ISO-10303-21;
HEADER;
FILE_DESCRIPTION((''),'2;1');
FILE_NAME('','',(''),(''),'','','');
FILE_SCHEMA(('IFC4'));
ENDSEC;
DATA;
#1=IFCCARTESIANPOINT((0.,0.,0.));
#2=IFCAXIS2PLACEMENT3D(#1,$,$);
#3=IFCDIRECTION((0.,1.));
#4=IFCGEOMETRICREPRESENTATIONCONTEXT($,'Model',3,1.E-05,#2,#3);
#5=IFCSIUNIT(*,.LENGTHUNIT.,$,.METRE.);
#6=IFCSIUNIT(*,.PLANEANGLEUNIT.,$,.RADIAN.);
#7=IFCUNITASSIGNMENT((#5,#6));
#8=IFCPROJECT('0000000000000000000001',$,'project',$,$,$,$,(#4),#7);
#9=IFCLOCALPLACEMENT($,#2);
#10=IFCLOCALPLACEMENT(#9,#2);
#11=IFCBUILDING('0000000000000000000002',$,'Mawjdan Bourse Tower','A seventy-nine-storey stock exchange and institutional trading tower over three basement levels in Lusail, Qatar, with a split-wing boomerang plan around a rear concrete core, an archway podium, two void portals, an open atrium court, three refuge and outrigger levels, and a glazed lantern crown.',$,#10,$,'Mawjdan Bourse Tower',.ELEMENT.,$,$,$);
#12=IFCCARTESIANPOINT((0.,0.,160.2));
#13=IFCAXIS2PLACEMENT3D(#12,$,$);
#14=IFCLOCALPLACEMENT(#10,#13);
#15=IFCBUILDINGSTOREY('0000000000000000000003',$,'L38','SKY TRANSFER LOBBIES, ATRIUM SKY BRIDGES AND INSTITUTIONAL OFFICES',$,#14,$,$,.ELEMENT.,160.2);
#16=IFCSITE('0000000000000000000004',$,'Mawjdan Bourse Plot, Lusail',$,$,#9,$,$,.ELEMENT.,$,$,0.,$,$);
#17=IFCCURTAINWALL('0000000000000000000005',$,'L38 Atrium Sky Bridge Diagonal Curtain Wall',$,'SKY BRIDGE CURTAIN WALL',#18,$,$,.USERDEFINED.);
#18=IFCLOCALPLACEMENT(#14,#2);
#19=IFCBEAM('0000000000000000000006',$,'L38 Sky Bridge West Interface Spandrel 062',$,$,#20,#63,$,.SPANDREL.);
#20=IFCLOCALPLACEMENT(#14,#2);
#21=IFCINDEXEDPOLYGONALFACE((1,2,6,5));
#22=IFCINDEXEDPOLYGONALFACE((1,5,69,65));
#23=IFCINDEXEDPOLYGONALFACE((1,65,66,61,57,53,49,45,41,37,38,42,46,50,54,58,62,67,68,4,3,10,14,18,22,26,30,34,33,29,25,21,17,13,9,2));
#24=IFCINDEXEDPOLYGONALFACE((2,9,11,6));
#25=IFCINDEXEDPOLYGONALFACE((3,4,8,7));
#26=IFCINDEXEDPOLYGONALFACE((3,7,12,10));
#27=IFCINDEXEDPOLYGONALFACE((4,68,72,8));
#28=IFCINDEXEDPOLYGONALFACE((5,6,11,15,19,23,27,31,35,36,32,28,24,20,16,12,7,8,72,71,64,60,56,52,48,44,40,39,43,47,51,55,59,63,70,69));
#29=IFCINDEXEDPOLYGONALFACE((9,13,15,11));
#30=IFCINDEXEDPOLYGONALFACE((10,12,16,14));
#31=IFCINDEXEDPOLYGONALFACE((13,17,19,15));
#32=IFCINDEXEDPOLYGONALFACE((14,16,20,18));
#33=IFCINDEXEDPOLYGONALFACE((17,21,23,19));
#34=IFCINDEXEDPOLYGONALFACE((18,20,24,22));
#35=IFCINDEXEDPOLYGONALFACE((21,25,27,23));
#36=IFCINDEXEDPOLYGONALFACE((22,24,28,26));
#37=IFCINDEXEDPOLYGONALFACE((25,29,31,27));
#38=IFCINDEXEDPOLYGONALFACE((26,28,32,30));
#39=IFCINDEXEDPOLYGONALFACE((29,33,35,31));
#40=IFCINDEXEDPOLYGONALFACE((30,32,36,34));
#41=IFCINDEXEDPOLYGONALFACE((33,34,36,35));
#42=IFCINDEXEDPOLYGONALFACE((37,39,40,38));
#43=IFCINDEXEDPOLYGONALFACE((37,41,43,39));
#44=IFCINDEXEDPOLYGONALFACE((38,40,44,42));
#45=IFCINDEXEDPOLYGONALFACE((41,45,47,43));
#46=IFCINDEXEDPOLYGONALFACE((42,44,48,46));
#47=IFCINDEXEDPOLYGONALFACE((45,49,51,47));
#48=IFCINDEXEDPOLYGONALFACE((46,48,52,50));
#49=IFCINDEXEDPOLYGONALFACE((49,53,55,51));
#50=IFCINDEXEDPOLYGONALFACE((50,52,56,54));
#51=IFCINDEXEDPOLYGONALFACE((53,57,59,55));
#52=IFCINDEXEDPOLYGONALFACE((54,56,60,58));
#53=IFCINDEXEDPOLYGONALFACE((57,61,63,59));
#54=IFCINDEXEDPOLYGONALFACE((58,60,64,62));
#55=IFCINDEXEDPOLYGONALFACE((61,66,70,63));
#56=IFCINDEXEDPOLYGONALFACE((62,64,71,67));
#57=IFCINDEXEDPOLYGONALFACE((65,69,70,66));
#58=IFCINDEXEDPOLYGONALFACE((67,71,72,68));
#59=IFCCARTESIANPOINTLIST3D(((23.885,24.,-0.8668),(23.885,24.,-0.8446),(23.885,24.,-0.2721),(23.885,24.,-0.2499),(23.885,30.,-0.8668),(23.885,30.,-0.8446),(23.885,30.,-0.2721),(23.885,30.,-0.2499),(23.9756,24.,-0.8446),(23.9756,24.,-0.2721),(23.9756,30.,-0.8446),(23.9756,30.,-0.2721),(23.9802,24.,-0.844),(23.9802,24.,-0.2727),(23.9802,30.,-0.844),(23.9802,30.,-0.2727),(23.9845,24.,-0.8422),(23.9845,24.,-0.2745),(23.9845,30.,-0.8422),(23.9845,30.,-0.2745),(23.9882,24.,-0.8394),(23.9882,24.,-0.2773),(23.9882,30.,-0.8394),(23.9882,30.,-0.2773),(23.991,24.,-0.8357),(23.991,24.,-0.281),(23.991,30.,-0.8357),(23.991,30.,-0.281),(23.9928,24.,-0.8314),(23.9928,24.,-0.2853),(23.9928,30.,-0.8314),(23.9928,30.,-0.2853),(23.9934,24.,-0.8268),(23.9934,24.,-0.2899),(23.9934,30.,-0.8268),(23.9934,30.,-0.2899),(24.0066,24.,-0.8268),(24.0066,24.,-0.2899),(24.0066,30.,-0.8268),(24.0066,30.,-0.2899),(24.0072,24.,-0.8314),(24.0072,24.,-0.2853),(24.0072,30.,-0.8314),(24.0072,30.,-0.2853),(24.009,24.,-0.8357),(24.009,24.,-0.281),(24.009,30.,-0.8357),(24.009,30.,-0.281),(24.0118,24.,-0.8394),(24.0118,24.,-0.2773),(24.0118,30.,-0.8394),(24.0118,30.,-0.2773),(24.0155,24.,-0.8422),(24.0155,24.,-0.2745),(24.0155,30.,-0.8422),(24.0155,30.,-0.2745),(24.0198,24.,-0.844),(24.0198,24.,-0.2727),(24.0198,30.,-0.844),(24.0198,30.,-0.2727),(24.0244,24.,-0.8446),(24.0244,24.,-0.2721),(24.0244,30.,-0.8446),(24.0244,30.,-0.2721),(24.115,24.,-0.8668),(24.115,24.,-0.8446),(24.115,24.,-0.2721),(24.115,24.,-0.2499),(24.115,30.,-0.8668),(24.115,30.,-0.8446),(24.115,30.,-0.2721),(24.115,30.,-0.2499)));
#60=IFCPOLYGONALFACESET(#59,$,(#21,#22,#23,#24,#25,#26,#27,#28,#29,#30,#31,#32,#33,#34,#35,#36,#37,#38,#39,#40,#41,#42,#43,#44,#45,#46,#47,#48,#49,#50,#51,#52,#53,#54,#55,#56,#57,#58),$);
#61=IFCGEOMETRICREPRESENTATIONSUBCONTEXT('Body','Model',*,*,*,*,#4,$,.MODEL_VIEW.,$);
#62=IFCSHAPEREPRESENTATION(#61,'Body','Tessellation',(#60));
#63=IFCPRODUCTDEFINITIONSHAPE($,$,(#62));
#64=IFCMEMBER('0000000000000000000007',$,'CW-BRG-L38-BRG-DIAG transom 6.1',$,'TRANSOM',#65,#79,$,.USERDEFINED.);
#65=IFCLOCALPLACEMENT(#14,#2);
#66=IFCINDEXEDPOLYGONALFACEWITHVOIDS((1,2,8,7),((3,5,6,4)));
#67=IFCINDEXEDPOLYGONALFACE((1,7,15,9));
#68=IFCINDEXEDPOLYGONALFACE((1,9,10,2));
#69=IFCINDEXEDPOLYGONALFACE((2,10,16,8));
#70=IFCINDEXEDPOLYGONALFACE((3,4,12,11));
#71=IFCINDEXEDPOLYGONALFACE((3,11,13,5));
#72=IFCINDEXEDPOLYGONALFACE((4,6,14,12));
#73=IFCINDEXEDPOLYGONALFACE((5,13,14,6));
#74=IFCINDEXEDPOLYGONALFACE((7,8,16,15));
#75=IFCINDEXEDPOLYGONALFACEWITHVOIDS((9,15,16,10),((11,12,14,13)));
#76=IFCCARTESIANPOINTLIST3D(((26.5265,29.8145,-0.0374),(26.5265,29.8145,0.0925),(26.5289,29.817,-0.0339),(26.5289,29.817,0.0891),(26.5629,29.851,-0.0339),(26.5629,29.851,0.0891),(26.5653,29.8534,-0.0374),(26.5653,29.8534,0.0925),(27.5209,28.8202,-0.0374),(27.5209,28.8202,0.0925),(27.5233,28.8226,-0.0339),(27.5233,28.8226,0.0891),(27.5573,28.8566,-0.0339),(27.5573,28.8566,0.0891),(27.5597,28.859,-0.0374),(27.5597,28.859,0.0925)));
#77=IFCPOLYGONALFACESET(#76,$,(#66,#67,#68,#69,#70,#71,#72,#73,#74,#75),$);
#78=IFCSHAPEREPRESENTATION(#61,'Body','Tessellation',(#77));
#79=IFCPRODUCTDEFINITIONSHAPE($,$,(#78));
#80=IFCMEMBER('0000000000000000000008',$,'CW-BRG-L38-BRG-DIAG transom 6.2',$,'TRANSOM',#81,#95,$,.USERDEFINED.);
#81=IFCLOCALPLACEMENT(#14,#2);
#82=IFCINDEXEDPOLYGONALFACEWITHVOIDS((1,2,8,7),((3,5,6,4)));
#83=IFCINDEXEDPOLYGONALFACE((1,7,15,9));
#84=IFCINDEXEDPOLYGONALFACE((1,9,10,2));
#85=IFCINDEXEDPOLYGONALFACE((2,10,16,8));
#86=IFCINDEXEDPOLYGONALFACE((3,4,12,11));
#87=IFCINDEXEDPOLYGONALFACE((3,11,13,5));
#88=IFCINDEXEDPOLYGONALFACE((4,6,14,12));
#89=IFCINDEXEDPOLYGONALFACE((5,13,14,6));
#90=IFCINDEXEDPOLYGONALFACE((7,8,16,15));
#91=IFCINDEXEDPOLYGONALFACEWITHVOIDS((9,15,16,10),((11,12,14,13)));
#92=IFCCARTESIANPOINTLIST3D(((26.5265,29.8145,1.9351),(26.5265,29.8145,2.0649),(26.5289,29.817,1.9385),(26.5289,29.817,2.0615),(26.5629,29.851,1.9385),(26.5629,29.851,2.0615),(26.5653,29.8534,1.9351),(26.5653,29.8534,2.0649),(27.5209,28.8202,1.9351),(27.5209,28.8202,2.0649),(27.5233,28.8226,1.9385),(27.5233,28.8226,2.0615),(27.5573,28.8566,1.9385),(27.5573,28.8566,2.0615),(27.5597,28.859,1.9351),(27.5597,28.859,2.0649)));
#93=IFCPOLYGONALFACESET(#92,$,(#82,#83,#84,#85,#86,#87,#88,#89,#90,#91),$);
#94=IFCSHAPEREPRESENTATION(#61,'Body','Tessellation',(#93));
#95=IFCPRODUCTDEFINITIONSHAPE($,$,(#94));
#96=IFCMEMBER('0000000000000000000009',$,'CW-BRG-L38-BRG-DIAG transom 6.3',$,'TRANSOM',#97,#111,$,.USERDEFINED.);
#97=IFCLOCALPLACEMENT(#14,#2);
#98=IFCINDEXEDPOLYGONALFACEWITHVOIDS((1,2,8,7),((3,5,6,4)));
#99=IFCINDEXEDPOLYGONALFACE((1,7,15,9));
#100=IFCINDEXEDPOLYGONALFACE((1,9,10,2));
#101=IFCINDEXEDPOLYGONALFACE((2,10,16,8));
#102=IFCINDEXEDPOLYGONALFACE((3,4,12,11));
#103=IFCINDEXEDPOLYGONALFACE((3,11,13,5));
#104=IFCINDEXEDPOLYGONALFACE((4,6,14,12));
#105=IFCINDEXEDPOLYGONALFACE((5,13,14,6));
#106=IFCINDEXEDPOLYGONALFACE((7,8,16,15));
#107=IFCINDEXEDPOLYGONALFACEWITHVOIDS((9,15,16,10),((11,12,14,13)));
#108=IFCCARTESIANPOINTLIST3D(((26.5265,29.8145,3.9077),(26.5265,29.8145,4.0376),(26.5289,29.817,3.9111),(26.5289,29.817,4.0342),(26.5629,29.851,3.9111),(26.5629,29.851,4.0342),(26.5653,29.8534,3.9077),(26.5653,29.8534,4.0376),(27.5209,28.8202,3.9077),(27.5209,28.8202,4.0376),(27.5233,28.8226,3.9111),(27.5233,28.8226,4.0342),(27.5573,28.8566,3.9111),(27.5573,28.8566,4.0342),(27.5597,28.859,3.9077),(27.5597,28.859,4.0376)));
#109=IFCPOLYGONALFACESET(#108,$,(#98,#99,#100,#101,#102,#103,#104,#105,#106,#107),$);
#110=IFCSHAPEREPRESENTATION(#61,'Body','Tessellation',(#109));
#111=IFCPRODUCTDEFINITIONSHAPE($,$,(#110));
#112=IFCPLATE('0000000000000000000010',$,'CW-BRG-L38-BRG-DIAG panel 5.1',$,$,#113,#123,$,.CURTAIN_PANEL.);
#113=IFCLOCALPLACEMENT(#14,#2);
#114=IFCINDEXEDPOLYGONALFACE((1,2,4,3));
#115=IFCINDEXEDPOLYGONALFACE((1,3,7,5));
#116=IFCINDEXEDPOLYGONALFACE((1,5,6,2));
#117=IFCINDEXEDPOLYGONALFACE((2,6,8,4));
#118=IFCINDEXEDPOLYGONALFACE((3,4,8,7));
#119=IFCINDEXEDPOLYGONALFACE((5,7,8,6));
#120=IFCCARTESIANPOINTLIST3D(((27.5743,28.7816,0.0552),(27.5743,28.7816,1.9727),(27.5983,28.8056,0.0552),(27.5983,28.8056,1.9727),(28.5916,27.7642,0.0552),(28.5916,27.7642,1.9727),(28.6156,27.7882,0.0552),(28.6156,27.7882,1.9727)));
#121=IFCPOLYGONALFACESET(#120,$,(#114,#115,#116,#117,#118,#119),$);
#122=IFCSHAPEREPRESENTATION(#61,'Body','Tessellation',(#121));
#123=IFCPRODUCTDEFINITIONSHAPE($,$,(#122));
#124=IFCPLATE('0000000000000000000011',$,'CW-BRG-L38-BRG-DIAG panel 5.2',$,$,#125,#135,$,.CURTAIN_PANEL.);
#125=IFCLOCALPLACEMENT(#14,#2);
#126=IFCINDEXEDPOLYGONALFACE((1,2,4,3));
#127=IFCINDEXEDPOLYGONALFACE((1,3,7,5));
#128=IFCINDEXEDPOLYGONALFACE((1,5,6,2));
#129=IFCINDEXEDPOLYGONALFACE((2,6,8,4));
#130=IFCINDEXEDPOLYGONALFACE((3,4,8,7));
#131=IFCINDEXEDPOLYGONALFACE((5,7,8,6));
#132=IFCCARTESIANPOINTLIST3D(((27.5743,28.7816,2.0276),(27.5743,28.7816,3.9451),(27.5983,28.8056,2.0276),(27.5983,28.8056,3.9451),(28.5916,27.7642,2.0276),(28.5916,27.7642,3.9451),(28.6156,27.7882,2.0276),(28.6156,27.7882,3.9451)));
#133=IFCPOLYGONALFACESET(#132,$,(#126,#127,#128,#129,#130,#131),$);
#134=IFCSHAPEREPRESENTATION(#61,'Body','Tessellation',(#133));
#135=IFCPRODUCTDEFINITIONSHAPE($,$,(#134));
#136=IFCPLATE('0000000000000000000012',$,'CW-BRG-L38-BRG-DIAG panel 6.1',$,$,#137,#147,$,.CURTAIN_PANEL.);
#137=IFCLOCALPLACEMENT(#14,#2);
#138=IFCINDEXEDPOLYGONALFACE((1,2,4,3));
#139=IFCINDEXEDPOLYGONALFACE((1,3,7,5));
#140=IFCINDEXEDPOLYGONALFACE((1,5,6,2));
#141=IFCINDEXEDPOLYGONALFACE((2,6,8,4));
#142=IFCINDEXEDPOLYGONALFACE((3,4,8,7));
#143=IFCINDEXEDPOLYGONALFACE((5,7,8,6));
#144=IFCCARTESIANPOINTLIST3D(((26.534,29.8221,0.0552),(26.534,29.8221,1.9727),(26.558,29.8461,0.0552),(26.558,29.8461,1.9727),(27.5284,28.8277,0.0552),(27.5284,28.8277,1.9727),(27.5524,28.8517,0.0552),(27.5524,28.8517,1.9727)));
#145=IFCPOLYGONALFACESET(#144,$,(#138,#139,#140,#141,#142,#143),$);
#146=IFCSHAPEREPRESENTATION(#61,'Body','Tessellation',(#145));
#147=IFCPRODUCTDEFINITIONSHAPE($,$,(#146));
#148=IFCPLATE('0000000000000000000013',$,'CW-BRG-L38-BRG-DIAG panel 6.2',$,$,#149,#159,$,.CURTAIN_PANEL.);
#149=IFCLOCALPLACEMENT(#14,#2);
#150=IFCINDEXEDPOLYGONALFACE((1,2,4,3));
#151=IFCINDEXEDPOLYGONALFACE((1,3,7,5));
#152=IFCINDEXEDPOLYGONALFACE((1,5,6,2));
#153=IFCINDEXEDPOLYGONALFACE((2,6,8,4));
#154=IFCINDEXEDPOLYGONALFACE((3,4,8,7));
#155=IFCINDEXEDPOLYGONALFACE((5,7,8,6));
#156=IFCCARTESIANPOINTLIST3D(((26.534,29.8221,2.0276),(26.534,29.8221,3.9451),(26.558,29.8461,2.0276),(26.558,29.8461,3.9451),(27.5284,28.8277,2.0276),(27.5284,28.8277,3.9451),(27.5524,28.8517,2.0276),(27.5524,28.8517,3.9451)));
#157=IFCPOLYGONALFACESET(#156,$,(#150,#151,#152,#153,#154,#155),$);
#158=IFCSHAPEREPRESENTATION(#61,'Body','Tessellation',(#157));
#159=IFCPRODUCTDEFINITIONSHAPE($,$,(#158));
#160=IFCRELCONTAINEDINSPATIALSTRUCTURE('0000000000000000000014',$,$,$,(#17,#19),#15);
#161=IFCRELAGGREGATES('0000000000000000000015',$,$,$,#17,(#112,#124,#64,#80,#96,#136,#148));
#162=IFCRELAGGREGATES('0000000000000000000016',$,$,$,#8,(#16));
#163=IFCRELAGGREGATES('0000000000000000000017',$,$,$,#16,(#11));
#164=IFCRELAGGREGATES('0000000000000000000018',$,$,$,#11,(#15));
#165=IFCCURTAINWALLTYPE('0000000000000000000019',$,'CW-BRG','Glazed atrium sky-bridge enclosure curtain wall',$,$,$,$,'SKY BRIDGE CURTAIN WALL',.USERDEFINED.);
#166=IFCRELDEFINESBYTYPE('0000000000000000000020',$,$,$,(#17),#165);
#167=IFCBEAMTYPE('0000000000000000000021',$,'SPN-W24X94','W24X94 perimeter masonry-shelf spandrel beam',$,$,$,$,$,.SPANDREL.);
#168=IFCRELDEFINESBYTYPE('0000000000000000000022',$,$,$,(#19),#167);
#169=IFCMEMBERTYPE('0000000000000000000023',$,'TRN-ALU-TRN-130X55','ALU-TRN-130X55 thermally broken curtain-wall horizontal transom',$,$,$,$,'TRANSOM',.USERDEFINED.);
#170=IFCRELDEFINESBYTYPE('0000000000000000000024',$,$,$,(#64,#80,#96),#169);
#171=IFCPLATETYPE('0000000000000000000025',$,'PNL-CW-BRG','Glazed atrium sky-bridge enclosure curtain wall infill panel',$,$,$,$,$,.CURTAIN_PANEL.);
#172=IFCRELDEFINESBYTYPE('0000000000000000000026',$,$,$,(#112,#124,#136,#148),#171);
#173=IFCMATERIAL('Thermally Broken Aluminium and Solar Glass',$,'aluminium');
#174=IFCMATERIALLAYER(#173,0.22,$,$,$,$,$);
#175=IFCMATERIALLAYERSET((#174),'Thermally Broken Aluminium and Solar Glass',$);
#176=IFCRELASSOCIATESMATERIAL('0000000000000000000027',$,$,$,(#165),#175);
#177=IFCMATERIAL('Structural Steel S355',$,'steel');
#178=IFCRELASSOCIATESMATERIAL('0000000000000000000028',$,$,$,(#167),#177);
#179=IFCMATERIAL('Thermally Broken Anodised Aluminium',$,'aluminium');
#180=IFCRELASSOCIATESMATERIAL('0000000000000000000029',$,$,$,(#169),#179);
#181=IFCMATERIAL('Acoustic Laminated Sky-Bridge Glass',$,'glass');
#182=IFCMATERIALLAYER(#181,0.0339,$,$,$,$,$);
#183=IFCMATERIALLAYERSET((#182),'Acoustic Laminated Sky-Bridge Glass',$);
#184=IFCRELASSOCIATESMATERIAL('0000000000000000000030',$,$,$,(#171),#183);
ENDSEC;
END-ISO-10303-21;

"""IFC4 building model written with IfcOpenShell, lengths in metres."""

from ifc_helpers import new_model, si_unit, direction, frame, origin, origin_2d, place, context, subcontext, project, spatial, rectangle, hollow_rectangle, i_section, extrude, material, layer, layer_set, material_profile, profile_set, type_object, element, aggregate, save


model = new_model("IFC4")

# Units and contexts
model_context = context("Model", 3, precision=1e-05, world=origin(), true_north=direction((0.0, 1.0)))
body_context = subcontext(model_context, "Body", "Model", "MODEL_VIEW")
ifc_project = project(units=[si_unit("LENGTHUNIT", "METRE"), si_unit("PLANEANGLEUNIT", "RADIAN")], contexts=[model_context])

# Site, building, storey
site_placement = place(None, origin())
site = spatial("IfcSite", under=ifc_project, at=site_placement, Name="Mawjdan Bourse Plot, Lusail", CompositionType="ELEMENT", RefElevation=0.0)
building_placement = place(site_placement, origin())
building = spatial("IfcBuilding", under=site, at=building_placement, Name="Mawjdan Bourse Tower", Description="A seventy-nine-storey stock exchange and institutional trading tower over three basement levels in Lusail, Qatar, with a split-wing boomerang plan around a rear concrete core, an archway podium, two void portals, an open atrium court, three refuge and outrigger levels, and a glazed lantern crown.", LongName="Mawjdan Bourse Tower", CompositionType="ELEMENT")
storey_placement = place(building_placement, frame((0.0, 0.0, 160.2)))
storey = spatial("IfcBuildingStorey", under=building, at=storey_placement, Name="L38", Description="SKY TRANSFER LOBBIES, ATRIUM SKY BRIDGES AND INSTITUTIONAL OFFICES", CompositionType="ELEMENT", Elevation=160.2)

# Shared definitions
ifc_material_1 = material(Name="Structural Steel S355", Category="steel")

# Curtain wall
ifc_material_2 = material(Name="Thermally Broken Aluminium and Solar Glass", Category="aluminium")
ifc_layer_1 = layer(ifc_material_2, 0.22)
ifc_layer_set_1 = layer_set([ifc_layer_1], Name="Thermally Broken Aluminium and Solar Glass")
curtain_wall_type = type_object("IfcCurtainWallType", Name="CW-BRG", Description="Glazed atrium sky-bridge enclosure curtain wall", ElementType="SKY BRIDGE CURTAIN WALL", PredefinedType="USERDEFINED", material=ifc_layer_set_1)
curtain_wall_placement = place(storey_placement, origin())
curtain_wall = element("IfcCurtainWall", 1, at=curtain_wall_placement, inside=storey, type_object=curtain_wall_type, Name="L38 Atrium Sky Bridge Diagonal Curtain Wall", ObjectType="SKY BRIDGE CURTAIN WALL", PredefinedType="USERDEFINED")
ifc_material_3 = material(Name="Thermally Broken Anodised Aluminium", Category="aluminium")

# Beam
ifc_material_profile_1 = material_profile(ifc_material_1, i_section(OverallWidth=0.23, OverallDepth=0.6169, WebThickness=0.0132, FlangeThickness=0.0222, FilletRadius=0.0178, at=origin_2d()), Name="W24X94")
ifc_profile_set_1 = profile_set([ifc_material_profile_1], Name="Structural Steel S355")
beam_type_1 = type_object("IfcBeamType", Name="SPN-W24X94", Description="W24X94 perimeter masonry-shelf spandrel beam", PredefinedType="SPANDREL", material=ifc_profile_set_1)
beam_1_placement = place(storey_placement, frame((24.0, 24.0, -0.5583), z_axis=(0.0, 1.0, 0.0), x_axis=(-1.0, 0.0, 0.0)))
element("IfcBeam", 2, at=beam_1_placement, inside=storey, type_object=beam_type_1, Name="L38 Sky Bridge West Interface Spandrel 062", PredefinedType="SPANDREL", context=body_context, shape_type="SweptSolid", body=[
    extrude(i_section(OverallWidth=0.23, OverallDepth=0.6169, WebThickness=0.0132, FlangeThickness=0.0222, FilletRadius=0.0178, at=origin_2d()), origin(), (0.0, 0.0, 1.0), 6.0),
])

# Members
ifc_material_profile_2 = material_profile(ifc_material_3, hollow_rectangle(XDim=0.0549, YDim=0.1299, WallThickness=0.0034, at=origin_2d()), Name="ALU-TRN-130X55")
ifc_profile_set_2 = profile_set([ifc_material_profile_2], Name="Thermally Broken Anodised Aluminium")
member_type_1 = type_object("IfcMemberType", Name="TRN-ALU-TRN-130X55", Description="ALU-TRN-130X55 thermally broken curtain-wall horizontal transom", ElementType="TRANSOM", PredefinedType="USERDEFINED", material=ifc_profile_set_2)
member_1_placement = place(storey_placement, frame((27.5403, 28.8396, 0.0276), z_axis=(-0.707107, 0.707107, 0.0), x_axis=(-0.707107, -0.707107, 0.0)))
member_1 = element("IfcMember", 3, at=member_1_placement, type_object=member_type_1, Name="CW-BRG-L38-BRG-DIAG transom 6.1", ObjectType="TRANSOM", PredefinedType="USERDEFINED", context=body_context, shape_type="SweptSolid", body=[
    extrude(hollow_rectangle(XDim=0.0549, YDim=0.1299, WallThickness=0.0034, at=origin_2d()), origin(), (0.0, 0.0, 1.0), 1.4062),
])
member_2_placement = place(storey_placement, frame((27.5403, 28.8396, 2.0), z_axis=(-0.707107, 0.707107, 0.0), x_axis=(-0.707107, -0.707107, 0.0)))
member_2 = element("IfcMember", 4, at=member_2_placement, type_object=member_type_1, Name="CW-BRG-L38-BRG-DIAG transom 6.2", ObjectType="TRANSOM", PredefinedType="USERDEFINED", context=body_context, shape_type="SweptSolid", body=[
    extrude(hollow_rectangle(XDim=0.0549, YDim=0.1299, WallThickness=0.0034, at=origin_2d()), origin(), (0.0, 0.0, 1.0), 1.4062),
])
member_3_placement = place(storey_placement, frame((27.5403, 28.8396, 3.9727), z_axis=(-0.707107, 0.707107, 0.0), x_axis=(-0.707107, -0.707107, 0.0)))
member_3 = element("IfcMember", 5, at=member_3_placement, type_object=member_type_1, Name="CW-BRG-L38-BRG-DIAG transom 6.3", ObjectType="TRANSOM", PredefinedType="USERDEFINED", context=body_context, shape_type="SweptSolid", body=[
    extrude(hollow_rectangle(XDim=0.0549, YDim=0.1299, WallThickness=0.0034, at=origin_2d()), origin(), (0.0, 0.0, 1.0), 1.4062),
])

# Plates
ifc_material_4 = material(Name="Acoustic Laminated Sky-Bridge Glass", Category="glass")
ifc_layer_2 = layer(ifc_material_4, 0.0339)
ifc_layer_set_2 = layer_set([ifc_layer_2], Name="Acoustic Laminated Sky-Bridge Glass")
plate_type = type_object("IfcPlateType", Name="PNL-CW-BRG", Description="Glazed atrium sky-bridge enclosure curtain wall infill panel", PredefinedType="CURTAIN_PANEL", material=ifc_layer_set_2)
plate_1_placement = place(storey_placement, frame((28.095, 28.2849, 0.0552), z_axis=(0.0, 0.0, 1.0), x_axis=(-0.707107, 0.707107, 0.0)))
plate_1 = element("IfcPlate", 6, at=plate_1_placement, type_object=plate_type, Name="CW-BRG-L38-BRG-DIAG panel 5.1", PredefinedType="CURTAIN_PANEL", context=body_context, shape_type="SweptSolid", body=[
    extrude(rectangle(XDim=1.4387, YDim=0.0339, at=origin_2d()), origin(), (0.0, 0.0, 1.0), 1.9175),
])
plate_2_placement = place(storey_placement, frame((28.095, 28.2849, 2.0276), z_axis=(0.0, 0.0, 1.0), x_axis=(-0.707107, 0.707107, 0.0)))
plate_2 = element("IfcPlate", 7, at=plate_2_placement, type_object=plate_type, Name="CW-BRG-L38-BRG-DIAG panel 5.2", PredefinedType="CURTAIN_PANEL", context=body_context, shape_type="SweptSolid", body=[
    extrude(rectangle(XDim=1.4387, YDim=0.0339, at=origin_2d()), origin(), (0.0, 0.0, 1.0), 1.9175),
])
plate_3_placement = place(storey_placement, frame((27.0432, 29.3369, 0.0552), z_axis=(0.0, 0.0, 1.0), x_axis=(-0.707107, 0.707107, 0.0)))
plate_3 = element("IfcPlate", 8, at=plate_3_placement, type_object=plate_type, Name="CW-BRG-L38-BRG-DIAG panel 6.1", PredefinedType="CURTAIN_PANEL", context=body_context, shape_type="SweptSolid", body=[
    extrude(rectangle(XDim=1.4062, YDim=0.0339, at=origin_2d()), origin(), (0.0, 0.0, 1.0), 1.9175),
])
plate_4_placement = place(storey_placement, frame((27.0432, 29.3369, 2.0276), z_axis=(0.0, 0.0, 1.0), x_axis=(-0.707107, 0.707107, 0.0)))
plate_4 = element("IfcPlate", 9, at=plate_4_placement, type_object=plate_type, Name="CW-BRG-L38-BRG-DIAG panel 6.2", PredefinedType="CURTAIN_PANEL", context=body_context, shape_type="SweptSolid", body=[
    extrude(rectangle(XDim=1.4062, YDim=0.0339, at=origin_2d()), origin(), (0.0, 0.0, 1.0), 1.9175),
])
aggregate(curtain_wall, [plate_1, plate_2, member_1, member_2, member_3, plate_3, plate_4])

save(model, "model.ifc")
